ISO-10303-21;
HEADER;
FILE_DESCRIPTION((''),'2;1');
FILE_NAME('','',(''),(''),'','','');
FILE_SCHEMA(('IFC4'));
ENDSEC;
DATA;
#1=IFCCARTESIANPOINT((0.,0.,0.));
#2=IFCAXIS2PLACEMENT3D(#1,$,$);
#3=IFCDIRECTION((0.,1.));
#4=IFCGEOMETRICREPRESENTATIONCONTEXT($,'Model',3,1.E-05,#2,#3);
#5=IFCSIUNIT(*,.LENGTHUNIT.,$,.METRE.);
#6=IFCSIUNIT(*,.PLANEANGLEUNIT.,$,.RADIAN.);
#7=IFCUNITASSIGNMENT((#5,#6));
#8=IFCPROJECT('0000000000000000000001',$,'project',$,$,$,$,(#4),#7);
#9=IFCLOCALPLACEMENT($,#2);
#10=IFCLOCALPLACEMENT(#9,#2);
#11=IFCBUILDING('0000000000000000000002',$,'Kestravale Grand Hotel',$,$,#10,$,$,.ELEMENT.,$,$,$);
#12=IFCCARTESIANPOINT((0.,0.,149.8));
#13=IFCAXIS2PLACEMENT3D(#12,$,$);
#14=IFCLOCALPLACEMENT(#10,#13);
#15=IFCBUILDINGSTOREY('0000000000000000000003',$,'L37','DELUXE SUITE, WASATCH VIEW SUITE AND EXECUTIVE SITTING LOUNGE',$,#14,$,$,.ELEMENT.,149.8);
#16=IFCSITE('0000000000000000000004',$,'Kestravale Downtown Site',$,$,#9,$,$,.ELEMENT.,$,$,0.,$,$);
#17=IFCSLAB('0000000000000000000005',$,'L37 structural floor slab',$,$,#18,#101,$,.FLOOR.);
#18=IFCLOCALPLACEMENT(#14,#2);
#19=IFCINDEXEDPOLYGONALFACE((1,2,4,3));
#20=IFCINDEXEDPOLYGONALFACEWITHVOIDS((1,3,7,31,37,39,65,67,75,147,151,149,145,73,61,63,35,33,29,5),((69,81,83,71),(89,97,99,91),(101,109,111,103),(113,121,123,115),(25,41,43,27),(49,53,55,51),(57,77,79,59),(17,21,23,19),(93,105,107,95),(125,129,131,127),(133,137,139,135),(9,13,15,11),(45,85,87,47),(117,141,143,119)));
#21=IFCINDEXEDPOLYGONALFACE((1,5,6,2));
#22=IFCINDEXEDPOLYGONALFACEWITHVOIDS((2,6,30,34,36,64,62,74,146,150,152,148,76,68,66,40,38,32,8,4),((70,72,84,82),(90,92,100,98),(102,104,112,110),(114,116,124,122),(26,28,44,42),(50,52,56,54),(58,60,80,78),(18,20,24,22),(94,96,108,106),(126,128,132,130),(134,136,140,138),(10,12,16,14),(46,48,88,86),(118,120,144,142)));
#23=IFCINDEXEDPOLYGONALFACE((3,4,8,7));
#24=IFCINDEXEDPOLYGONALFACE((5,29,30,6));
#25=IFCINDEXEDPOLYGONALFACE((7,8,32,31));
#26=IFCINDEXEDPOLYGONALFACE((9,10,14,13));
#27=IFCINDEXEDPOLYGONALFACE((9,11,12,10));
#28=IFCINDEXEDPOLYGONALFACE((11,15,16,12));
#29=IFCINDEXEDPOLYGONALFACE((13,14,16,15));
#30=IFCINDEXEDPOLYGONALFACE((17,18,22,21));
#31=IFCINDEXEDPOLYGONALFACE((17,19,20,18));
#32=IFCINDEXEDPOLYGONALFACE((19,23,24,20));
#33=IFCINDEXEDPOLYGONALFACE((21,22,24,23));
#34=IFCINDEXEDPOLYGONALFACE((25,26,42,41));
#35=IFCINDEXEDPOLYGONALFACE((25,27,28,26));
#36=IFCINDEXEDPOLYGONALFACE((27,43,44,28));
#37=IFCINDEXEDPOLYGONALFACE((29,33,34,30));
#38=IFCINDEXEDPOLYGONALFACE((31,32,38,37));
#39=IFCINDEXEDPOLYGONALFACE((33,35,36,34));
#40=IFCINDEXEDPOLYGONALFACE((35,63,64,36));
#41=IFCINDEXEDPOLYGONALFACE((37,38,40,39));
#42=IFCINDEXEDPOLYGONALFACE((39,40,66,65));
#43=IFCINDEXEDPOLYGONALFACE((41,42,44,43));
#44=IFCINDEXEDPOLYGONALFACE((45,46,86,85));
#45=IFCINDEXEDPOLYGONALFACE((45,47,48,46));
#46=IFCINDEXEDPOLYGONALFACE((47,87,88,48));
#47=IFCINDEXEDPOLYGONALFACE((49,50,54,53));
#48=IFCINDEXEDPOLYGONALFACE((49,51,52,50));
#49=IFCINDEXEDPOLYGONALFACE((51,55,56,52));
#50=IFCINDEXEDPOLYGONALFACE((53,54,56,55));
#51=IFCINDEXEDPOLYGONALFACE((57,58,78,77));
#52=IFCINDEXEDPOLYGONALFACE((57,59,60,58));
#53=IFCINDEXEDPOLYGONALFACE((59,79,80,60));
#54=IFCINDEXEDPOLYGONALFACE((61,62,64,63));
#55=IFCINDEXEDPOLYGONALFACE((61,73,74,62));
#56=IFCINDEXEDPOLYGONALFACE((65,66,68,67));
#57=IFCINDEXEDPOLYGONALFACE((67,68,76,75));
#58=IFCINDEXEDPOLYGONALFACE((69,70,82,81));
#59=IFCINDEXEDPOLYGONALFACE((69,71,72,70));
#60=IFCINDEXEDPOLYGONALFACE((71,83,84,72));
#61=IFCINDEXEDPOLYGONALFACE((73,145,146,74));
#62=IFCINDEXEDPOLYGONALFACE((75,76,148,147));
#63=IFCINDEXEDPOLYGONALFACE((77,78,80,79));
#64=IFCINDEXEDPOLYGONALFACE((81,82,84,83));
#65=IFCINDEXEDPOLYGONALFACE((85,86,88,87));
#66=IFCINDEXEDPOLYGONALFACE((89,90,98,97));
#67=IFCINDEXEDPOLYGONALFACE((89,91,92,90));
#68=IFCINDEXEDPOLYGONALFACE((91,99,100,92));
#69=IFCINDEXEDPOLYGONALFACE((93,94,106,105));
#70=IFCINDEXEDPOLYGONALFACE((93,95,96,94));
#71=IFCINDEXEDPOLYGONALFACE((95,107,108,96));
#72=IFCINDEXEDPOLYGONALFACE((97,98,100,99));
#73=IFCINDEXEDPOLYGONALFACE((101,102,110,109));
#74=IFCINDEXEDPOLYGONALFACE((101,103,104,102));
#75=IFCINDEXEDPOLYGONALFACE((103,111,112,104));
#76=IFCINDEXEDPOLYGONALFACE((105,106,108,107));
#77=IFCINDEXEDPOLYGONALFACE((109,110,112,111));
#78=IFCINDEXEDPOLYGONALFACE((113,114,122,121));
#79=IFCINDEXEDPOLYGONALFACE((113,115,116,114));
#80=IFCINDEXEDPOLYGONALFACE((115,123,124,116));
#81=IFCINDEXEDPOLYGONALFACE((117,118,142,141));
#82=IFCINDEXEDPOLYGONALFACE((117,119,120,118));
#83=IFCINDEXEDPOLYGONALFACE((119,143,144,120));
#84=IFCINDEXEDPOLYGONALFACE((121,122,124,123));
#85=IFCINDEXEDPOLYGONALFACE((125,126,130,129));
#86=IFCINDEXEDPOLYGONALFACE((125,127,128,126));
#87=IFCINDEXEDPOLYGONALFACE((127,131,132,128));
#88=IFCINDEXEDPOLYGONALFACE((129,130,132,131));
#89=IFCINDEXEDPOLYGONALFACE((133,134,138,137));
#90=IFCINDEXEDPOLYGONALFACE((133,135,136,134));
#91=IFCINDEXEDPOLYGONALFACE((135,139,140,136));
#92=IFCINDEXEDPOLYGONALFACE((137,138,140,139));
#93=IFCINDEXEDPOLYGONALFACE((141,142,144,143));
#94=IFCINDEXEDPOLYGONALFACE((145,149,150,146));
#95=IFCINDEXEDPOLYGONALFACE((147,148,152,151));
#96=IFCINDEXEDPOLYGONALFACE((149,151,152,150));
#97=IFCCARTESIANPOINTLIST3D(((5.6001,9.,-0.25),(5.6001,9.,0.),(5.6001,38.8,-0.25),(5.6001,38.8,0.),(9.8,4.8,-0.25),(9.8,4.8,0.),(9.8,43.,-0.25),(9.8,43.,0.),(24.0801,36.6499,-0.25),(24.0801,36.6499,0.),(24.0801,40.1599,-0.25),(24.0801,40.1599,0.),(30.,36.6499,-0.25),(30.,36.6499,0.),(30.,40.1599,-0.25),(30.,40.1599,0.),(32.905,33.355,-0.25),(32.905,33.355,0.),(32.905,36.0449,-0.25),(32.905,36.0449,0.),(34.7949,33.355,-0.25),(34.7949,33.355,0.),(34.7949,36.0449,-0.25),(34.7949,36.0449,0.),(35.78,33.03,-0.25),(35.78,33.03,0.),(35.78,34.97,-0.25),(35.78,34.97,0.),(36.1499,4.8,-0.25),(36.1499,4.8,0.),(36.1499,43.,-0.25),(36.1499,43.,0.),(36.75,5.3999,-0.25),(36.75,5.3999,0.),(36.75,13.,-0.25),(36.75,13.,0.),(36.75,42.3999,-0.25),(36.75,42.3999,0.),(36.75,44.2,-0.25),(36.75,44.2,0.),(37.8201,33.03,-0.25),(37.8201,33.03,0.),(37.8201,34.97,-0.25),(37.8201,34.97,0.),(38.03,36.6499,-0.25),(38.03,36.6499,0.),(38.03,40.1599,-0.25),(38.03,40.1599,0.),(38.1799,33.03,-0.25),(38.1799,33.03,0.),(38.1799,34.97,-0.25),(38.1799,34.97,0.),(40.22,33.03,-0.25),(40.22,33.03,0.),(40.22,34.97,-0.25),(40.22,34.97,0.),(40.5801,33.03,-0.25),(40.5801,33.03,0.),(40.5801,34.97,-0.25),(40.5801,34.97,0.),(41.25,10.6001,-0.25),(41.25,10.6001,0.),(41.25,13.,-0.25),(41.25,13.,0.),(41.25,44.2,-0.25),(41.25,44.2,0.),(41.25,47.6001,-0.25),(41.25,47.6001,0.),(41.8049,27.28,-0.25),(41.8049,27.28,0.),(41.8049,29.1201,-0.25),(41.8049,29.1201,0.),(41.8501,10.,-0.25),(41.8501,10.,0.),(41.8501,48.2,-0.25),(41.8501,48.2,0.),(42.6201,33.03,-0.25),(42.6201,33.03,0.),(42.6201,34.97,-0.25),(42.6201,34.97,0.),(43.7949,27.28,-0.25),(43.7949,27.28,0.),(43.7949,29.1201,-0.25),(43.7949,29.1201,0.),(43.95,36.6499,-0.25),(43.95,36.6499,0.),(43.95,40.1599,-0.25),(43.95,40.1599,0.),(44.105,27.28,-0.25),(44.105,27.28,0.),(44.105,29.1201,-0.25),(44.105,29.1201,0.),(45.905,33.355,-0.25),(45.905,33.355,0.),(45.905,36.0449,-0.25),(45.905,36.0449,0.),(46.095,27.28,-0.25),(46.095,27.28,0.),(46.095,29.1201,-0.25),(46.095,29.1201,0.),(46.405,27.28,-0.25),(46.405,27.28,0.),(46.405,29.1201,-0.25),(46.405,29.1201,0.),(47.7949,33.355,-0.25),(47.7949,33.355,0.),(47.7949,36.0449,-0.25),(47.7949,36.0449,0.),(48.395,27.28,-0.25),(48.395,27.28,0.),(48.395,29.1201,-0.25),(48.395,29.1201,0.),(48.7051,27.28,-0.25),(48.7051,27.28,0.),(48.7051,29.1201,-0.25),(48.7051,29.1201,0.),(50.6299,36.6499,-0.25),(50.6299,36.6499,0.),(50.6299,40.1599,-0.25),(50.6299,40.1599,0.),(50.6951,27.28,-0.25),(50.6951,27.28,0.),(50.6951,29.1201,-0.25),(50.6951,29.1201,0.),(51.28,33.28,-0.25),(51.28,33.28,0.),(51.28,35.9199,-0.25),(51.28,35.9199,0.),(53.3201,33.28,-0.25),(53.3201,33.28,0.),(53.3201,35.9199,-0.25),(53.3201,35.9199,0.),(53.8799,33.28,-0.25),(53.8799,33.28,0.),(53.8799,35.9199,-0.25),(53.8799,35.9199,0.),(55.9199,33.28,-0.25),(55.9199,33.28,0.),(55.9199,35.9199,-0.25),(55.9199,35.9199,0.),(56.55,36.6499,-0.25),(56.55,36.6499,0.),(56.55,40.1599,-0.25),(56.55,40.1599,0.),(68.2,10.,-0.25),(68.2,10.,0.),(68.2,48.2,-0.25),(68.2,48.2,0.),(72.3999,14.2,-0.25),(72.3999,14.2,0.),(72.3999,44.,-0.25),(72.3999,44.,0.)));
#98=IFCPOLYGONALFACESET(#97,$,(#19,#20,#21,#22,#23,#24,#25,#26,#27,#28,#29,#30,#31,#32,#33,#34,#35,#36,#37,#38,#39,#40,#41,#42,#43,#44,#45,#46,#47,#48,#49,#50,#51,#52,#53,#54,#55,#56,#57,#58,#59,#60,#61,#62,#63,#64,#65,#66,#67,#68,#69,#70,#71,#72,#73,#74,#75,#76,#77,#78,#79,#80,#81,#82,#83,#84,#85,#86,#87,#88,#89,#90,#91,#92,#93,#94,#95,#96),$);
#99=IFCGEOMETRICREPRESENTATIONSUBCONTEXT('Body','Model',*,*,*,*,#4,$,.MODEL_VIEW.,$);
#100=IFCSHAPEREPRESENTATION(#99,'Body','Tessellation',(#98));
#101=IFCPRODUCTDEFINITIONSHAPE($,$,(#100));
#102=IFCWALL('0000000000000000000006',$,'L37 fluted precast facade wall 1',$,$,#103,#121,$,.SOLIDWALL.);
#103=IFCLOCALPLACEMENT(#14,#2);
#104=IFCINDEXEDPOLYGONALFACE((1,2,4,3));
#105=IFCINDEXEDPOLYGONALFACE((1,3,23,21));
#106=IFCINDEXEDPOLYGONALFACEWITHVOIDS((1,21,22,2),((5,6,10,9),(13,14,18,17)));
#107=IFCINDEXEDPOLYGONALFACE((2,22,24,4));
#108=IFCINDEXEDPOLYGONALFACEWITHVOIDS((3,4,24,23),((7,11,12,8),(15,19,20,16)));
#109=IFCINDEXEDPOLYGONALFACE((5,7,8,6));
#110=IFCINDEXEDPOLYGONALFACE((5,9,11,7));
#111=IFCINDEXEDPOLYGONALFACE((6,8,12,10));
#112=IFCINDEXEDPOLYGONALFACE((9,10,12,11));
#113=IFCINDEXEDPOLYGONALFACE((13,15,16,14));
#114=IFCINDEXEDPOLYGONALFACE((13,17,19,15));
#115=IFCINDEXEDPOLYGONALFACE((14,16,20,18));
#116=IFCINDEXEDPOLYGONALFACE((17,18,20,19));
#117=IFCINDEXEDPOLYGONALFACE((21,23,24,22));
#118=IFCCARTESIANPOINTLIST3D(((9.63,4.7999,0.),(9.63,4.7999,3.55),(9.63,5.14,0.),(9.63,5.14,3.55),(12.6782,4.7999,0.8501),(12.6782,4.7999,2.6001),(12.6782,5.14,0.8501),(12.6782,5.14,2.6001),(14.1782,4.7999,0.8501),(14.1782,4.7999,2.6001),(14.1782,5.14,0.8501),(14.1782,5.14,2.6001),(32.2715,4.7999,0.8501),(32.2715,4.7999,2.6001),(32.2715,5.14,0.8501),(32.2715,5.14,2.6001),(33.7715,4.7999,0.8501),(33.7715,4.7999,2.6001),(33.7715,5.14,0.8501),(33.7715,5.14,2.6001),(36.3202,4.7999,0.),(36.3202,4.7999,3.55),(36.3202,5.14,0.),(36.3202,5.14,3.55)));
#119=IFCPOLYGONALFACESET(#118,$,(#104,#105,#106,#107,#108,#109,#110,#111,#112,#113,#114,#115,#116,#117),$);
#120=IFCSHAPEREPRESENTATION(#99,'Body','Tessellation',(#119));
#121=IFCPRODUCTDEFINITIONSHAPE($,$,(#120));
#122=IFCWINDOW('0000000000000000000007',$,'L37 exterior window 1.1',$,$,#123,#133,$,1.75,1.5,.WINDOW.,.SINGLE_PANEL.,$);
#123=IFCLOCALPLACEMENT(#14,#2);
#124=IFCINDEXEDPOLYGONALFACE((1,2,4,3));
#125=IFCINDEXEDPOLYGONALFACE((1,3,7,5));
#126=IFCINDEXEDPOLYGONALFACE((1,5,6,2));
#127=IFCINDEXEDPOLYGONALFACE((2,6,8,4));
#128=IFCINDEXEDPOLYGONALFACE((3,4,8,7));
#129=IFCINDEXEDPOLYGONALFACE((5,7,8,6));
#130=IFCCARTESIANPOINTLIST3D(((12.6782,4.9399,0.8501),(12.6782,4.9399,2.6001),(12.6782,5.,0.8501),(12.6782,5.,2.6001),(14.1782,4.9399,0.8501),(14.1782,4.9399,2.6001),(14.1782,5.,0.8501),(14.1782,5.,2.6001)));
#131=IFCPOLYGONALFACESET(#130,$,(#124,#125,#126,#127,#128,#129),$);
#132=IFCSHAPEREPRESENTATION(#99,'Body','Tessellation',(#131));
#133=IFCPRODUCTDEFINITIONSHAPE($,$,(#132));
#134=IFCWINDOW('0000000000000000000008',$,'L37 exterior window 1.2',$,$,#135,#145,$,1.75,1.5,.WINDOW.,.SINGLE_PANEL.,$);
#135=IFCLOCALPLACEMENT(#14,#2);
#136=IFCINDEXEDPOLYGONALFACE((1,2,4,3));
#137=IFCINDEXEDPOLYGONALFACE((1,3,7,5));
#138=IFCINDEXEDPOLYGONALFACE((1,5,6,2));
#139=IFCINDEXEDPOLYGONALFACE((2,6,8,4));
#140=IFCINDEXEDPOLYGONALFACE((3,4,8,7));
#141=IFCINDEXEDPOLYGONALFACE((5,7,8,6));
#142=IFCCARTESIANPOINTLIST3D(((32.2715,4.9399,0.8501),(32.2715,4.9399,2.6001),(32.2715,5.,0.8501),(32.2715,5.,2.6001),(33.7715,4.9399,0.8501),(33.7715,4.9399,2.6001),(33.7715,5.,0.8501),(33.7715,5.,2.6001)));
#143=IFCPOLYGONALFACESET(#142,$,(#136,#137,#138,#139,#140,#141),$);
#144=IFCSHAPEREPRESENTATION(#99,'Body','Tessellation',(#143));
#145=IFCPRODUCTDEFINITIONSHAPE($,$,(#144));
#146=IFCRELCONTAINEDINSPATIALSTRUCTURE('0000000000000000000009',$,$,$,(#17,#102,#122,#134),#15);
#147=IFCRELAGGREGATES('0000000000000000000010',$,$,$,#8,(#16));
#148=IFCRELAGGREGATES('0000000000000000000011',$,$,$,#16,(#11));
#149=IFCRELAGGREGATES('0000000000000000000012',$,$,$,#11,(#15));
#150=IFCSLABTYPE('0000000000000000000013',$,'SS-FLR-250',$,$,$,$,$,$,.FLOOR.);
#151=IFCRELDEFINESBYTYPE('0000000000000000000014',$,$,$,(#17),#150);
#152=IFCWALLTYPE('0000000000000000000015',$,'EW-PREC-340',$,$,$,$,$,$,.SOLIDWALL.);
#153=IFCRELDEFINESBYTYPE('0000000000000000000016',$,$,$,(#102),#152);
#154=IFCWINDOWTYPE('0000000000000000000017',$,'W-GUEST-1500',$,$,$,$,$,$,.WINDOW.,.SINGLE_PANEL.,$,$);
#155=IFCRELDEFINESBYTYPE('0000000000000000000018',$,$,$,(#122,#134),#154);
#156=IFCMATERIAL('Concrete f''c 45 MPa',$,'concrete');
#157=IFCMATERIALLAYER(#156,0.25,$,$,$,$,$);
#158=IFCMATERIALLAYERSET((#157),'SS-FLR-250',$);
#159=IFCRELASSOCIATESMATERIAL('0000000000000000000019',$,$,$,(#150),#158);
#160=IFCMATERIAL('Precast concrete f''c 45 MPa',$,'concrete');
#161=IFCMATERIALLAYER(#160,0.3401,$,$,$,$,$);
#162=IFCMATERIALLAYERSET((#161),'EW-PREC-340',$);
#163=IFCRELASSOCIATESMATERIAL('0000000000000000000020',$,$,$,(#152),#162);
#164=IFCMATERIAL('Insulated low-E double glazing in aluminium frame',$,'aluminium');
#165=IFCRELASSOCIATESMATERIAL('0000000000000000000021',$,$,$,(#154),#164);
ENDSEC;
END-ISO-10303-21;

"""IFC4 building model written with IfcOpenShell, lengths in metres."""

from ifc_helpers import new_model, si_unit, direction, frame, frame_2d, origin, place, context, subcontext, project, spatial, polyline, rectangle, outline, extrude, material, layer, layer_set, type_object, element, fill, save


model = new_model("IFC4")

# Units and contexts
model_context = context("Model", 3, precision=1e-05, world=origin(), true_north=direction((0.0, 1.0)))
body_context = subcontext(model_context, "Body", "Model", "MODEL_VIEW")
ifc_project = project(units=[si_unit("LENGTHUNIT", "METRE"), si_unit("PLANEANGLEUNIT", "RADIAN")], contexts=[model_context])

# Site, building, storey
site_placement = place(None, origin())
site = spatial("IfcSite", under=ifc_project, at=site_placement, Name="Kestravale Downtown Site", CompositionType="ELEMENT", RefElevation=0.0)
building_placement = place(site_placement, origin())
building = spatial("IfcBuilding", under=site, at=building_placement, Name="Kestravale Grand Hotel", CompositionType="ELEMENT")
storey_placement = place(building_placement, frame((0.0, 0.0, 149.8)))
storey = spatial("IfcBuildingStorey", under=building, at=storey_placement, Name="L37", Description="DELUXE SUITE, WASATCH VIEW SUITE AND EXECUTIVE SITTING LOUNGE", CompositionType="ELEMENT", Elevation=149.8)

# Slab
ifc_material_1 = material(Name="Concrete f'c 45 MPa", Category="concrete")
ifc_layer_1 = layer(ifc_material_1, 0.25)
ifc_layer_set_1 = layer_set([ifc_layer_1], Name="SS-FLR-250")
slab_type_1 = type_object("IfcSlabType", Name="SS-FLR-250", PredefinedType="FLOOR", material=ifc_layer_set_1)
slab_1_placement = place(storey_placement, frame((0.0, 0.0, -0.25)))
element("IfcSlab", 1, at=slab_1_placement, inside=storey, type_object=slab_type_1, Name="L37 structural floor slab", PredefinedType="FLOOR", context=body_context, shape_type="SweptSolid", body=[
    extrude(outline(polyline([(9.8, 4.8), (36.1499, 4.8), (36.75, 5.3999), (36.75, 13.0), (41.25, 13.0), (41.25, 10.6001), (41.8501, 10.0), (68.2, 10.0), (72.3999, 14.2), (72.3999, 44.0), (68.2, 48.2), (41.8501, 48.2), (41.25, 47.6001), (41.25, 44.2), (36.75, 44.2), (36.75, 42.3999), (36.1499, 43.0), (9.8, 43.0), (5.6001, 38.8), (5.6001, 9.0), (9.8, 4.8)]), holes=[polyline([(24.0801, 36.6499), (30.0, 36.6499), (30.0, 40.1599), (24.0801, 40.1599), (24.0801, 36.6499)]), polyline([(38.03, 36.6499), (43.95, 36.6499), (43.95, 40.1599), (38.03, 40.1599), (38.03, 36.6499)]), polyline([(50.6299, 36.6499), (56.55, 36.6499), (56.55, 40.1599), (50.6299, 40.1599), (50.6299, 36.6499)]), polyline([(41.8049, 27.28), (43.7949, 27.28), (43.7949, 29.1201), (41.8049, 29.1201), (41.8049, 27.28)]), polyline([(44.105, 27.28), (46.095, 27.28), (46.095, 29.1201), (44.105, 29.1201), (44.105, 27.28)]), polyline([(46.405, 27.28), (48.395, 27.28), (48.395, 29.1201), (46.405, 29.1201), (46.405, 27.28)]), polyline([(48.7051, 27.28), (50.6951, 27.28), (50.6951, 29.1201), (48.7051, 29.1201), (48.7051, 27.28)]), polyline([(35.78, 33.03), (37.8201, 33.03), (37.8201, 34.97), (35.78, 34.97), (35.78, 33.03)]), polyline([(38.1799, 33.03), (40.22, 33.03), (40.22, 34.97), (38.1799, 34.97), (38.1799, 33.03)]), polyline([(40.5801, 33.03), (42.6201, 33.03), (42.6201, 34.97), (40.5801, 34.97), (40.5801, 33.03)]), polyline([(32.905, 33.355), (34.7949, 33.355), (34.7949, 36.0449), (32.905, 36.0449), (32.905, 33.355)]), polyline([(45.905, 33.355), (47.7949, 33.355), (47.7949, 36.0449), (45.905, 36.0449), (45.905, 33.355)]), polyline([(51.28, 33.28), (53.3201, 33.28), (53.3201, 35.9199), (51.28, 35.9199), (51.28, 33.28)]), polyline([(53.8799, 33.28), (55.9199, 33.28), (55.9199, 35.9199), (53.8799, 35.9199), (53.8799, 33.28)])]), origin(), (0.0, 0.0, 1.0), 0.25),
])

# Wall, openings, windows
ifc_material_2 = material(Name="Precast concrete f'c 45 MPa", Category="concrete")
ifc_layer_2 = layer(ifc_material_2, 0.3401)
ifc_layer_set_2 = layer_set([ifc_layer_2], Name="EW-PREC-340")
wall_type_1 = type_object("IfcWallType", Name="EW-PREC-340", PredefinedType="SOLIDWALL", material=ifc_layer_set_2)
wall_1_placement = place(storey_placement, frame((9.6299, 4.97, 0.0), z_axis=(0.0, 0.0, 1.0), x_axis=(1.0, 0.0, 0.0)))
wall_1 = element("IfcWall", 2, at=wall_1_placement, inside=storey, type_object=wall_type_1, Name="L37 fluted precast facade wall 1", PredefinedType="SOLIDWALL", context=body_context, shape_type="SweptSolid", body=[
    extrude(rectangle(XDim=26.6902, YDim=0.3401, at=frame_2d((13.3452, 0.0))), origin(), (0.0, 0.0, 1.0), 3.55),
])
opening_1_placement = place(wall_1_placement, frame((3.0483, 0.0, 0.8501)))
opening_1 = element("IfcOpeningElement", 3, at=opening_1_placement, cuts=wall_1, PredefinedType="OPENING", context=body_context, shape_type="SweptSolid", body=[
    extrude(rectangle(XDim=1.5, YDim=1.75, at=frame_2d((0.75, 0.875))), frame((0.0, 0.1799, 0.0), z_axis=(0.0, -1.0, 0.0), x_axis=(1.0, 0.0, 0.0)), (0.0, 0.0, 1.0), 0.3601),
])
opening_2_placement = place(wall_1_placement, frame((22.6416, 0.0, 0.8501)))
opening_2 = element("IfcOpeningElement", 4, at=opening_2_placement, cuts=wall_1, PredefinedType="OPENING", context=body_context, shape_type="SweptSolid", body=[
    extrude(rectangle(XDim=1.5, YDim=1.75, at=frame_2d((0.75, 0.875))), frame((0.0, 0.1799, 0.0), z_axis=(0.0, -1.0, 0.0), x_axis=(1.0, 0.0, 0.0)), (0.0, 0.0, 1.0), 0.3601),
])
ifc_material_3 = material(Name="Insulated low-E double glazing in aluminium frame", Category="aluminium")
window_type = type_object("IfcWindowType", Name="W-GUEST-1500", PartitioningType="SINGLE_PANEL", PredefinedType="WINDOW", material=ifc_material_3)
window_1_placement = place(opening_1_placement, origin())
window_1 = element("IfcWindow", 5, at=window_1_placement, inside=storey, type_object=window_type, Name="L37 exterior window 1.1", OverallHeight=1.75, OverallWidth=1.5, PartitioningType="SINGLE_PANEL", PredefinedType="WINDOW", context=body_context, shape_type="SweptSolid", body=[
    extrude(rectangle(XDim=1.5, YDim=1.75, at=frame_2d((0.75, 0.875))), frame((0.0, 0.03, 0.0), z_axis=(0.0, -1.0, 0.0), x_axis=(1.0, 0.0, 0.0)), (0.0, 0.0, 1.0), 0.0601),
])
fill(opening_1, window_1)
window_2_placement = place(opening_2_placement, origin())
window_2 = element("IfcWindow", 6, at=window_2_placement, inside=storey, type_object=window_type, Name="L37 exterior window 1.2", OverallHeight=1.75, OverallWidth=1.5, PartitioningType="SINGLE_PANEL", PredefinedType="WINDOW", context=body_context, shape_type="SweptSolid", body=[
    extrude(rectangle(XDim=1.5, YDim=1.75, at=frame_2d((0.75, 0.875))), frame((0.0, 0.03, 0.0), z_axis=(0.0, -1.0, 0.0), x_axis=(1.0, 0.0, 0.0)), (0.0, 0.0, 1.0), 0.0601),
])
fill(opening_2, window_2)

save(model, "model.ifc")
